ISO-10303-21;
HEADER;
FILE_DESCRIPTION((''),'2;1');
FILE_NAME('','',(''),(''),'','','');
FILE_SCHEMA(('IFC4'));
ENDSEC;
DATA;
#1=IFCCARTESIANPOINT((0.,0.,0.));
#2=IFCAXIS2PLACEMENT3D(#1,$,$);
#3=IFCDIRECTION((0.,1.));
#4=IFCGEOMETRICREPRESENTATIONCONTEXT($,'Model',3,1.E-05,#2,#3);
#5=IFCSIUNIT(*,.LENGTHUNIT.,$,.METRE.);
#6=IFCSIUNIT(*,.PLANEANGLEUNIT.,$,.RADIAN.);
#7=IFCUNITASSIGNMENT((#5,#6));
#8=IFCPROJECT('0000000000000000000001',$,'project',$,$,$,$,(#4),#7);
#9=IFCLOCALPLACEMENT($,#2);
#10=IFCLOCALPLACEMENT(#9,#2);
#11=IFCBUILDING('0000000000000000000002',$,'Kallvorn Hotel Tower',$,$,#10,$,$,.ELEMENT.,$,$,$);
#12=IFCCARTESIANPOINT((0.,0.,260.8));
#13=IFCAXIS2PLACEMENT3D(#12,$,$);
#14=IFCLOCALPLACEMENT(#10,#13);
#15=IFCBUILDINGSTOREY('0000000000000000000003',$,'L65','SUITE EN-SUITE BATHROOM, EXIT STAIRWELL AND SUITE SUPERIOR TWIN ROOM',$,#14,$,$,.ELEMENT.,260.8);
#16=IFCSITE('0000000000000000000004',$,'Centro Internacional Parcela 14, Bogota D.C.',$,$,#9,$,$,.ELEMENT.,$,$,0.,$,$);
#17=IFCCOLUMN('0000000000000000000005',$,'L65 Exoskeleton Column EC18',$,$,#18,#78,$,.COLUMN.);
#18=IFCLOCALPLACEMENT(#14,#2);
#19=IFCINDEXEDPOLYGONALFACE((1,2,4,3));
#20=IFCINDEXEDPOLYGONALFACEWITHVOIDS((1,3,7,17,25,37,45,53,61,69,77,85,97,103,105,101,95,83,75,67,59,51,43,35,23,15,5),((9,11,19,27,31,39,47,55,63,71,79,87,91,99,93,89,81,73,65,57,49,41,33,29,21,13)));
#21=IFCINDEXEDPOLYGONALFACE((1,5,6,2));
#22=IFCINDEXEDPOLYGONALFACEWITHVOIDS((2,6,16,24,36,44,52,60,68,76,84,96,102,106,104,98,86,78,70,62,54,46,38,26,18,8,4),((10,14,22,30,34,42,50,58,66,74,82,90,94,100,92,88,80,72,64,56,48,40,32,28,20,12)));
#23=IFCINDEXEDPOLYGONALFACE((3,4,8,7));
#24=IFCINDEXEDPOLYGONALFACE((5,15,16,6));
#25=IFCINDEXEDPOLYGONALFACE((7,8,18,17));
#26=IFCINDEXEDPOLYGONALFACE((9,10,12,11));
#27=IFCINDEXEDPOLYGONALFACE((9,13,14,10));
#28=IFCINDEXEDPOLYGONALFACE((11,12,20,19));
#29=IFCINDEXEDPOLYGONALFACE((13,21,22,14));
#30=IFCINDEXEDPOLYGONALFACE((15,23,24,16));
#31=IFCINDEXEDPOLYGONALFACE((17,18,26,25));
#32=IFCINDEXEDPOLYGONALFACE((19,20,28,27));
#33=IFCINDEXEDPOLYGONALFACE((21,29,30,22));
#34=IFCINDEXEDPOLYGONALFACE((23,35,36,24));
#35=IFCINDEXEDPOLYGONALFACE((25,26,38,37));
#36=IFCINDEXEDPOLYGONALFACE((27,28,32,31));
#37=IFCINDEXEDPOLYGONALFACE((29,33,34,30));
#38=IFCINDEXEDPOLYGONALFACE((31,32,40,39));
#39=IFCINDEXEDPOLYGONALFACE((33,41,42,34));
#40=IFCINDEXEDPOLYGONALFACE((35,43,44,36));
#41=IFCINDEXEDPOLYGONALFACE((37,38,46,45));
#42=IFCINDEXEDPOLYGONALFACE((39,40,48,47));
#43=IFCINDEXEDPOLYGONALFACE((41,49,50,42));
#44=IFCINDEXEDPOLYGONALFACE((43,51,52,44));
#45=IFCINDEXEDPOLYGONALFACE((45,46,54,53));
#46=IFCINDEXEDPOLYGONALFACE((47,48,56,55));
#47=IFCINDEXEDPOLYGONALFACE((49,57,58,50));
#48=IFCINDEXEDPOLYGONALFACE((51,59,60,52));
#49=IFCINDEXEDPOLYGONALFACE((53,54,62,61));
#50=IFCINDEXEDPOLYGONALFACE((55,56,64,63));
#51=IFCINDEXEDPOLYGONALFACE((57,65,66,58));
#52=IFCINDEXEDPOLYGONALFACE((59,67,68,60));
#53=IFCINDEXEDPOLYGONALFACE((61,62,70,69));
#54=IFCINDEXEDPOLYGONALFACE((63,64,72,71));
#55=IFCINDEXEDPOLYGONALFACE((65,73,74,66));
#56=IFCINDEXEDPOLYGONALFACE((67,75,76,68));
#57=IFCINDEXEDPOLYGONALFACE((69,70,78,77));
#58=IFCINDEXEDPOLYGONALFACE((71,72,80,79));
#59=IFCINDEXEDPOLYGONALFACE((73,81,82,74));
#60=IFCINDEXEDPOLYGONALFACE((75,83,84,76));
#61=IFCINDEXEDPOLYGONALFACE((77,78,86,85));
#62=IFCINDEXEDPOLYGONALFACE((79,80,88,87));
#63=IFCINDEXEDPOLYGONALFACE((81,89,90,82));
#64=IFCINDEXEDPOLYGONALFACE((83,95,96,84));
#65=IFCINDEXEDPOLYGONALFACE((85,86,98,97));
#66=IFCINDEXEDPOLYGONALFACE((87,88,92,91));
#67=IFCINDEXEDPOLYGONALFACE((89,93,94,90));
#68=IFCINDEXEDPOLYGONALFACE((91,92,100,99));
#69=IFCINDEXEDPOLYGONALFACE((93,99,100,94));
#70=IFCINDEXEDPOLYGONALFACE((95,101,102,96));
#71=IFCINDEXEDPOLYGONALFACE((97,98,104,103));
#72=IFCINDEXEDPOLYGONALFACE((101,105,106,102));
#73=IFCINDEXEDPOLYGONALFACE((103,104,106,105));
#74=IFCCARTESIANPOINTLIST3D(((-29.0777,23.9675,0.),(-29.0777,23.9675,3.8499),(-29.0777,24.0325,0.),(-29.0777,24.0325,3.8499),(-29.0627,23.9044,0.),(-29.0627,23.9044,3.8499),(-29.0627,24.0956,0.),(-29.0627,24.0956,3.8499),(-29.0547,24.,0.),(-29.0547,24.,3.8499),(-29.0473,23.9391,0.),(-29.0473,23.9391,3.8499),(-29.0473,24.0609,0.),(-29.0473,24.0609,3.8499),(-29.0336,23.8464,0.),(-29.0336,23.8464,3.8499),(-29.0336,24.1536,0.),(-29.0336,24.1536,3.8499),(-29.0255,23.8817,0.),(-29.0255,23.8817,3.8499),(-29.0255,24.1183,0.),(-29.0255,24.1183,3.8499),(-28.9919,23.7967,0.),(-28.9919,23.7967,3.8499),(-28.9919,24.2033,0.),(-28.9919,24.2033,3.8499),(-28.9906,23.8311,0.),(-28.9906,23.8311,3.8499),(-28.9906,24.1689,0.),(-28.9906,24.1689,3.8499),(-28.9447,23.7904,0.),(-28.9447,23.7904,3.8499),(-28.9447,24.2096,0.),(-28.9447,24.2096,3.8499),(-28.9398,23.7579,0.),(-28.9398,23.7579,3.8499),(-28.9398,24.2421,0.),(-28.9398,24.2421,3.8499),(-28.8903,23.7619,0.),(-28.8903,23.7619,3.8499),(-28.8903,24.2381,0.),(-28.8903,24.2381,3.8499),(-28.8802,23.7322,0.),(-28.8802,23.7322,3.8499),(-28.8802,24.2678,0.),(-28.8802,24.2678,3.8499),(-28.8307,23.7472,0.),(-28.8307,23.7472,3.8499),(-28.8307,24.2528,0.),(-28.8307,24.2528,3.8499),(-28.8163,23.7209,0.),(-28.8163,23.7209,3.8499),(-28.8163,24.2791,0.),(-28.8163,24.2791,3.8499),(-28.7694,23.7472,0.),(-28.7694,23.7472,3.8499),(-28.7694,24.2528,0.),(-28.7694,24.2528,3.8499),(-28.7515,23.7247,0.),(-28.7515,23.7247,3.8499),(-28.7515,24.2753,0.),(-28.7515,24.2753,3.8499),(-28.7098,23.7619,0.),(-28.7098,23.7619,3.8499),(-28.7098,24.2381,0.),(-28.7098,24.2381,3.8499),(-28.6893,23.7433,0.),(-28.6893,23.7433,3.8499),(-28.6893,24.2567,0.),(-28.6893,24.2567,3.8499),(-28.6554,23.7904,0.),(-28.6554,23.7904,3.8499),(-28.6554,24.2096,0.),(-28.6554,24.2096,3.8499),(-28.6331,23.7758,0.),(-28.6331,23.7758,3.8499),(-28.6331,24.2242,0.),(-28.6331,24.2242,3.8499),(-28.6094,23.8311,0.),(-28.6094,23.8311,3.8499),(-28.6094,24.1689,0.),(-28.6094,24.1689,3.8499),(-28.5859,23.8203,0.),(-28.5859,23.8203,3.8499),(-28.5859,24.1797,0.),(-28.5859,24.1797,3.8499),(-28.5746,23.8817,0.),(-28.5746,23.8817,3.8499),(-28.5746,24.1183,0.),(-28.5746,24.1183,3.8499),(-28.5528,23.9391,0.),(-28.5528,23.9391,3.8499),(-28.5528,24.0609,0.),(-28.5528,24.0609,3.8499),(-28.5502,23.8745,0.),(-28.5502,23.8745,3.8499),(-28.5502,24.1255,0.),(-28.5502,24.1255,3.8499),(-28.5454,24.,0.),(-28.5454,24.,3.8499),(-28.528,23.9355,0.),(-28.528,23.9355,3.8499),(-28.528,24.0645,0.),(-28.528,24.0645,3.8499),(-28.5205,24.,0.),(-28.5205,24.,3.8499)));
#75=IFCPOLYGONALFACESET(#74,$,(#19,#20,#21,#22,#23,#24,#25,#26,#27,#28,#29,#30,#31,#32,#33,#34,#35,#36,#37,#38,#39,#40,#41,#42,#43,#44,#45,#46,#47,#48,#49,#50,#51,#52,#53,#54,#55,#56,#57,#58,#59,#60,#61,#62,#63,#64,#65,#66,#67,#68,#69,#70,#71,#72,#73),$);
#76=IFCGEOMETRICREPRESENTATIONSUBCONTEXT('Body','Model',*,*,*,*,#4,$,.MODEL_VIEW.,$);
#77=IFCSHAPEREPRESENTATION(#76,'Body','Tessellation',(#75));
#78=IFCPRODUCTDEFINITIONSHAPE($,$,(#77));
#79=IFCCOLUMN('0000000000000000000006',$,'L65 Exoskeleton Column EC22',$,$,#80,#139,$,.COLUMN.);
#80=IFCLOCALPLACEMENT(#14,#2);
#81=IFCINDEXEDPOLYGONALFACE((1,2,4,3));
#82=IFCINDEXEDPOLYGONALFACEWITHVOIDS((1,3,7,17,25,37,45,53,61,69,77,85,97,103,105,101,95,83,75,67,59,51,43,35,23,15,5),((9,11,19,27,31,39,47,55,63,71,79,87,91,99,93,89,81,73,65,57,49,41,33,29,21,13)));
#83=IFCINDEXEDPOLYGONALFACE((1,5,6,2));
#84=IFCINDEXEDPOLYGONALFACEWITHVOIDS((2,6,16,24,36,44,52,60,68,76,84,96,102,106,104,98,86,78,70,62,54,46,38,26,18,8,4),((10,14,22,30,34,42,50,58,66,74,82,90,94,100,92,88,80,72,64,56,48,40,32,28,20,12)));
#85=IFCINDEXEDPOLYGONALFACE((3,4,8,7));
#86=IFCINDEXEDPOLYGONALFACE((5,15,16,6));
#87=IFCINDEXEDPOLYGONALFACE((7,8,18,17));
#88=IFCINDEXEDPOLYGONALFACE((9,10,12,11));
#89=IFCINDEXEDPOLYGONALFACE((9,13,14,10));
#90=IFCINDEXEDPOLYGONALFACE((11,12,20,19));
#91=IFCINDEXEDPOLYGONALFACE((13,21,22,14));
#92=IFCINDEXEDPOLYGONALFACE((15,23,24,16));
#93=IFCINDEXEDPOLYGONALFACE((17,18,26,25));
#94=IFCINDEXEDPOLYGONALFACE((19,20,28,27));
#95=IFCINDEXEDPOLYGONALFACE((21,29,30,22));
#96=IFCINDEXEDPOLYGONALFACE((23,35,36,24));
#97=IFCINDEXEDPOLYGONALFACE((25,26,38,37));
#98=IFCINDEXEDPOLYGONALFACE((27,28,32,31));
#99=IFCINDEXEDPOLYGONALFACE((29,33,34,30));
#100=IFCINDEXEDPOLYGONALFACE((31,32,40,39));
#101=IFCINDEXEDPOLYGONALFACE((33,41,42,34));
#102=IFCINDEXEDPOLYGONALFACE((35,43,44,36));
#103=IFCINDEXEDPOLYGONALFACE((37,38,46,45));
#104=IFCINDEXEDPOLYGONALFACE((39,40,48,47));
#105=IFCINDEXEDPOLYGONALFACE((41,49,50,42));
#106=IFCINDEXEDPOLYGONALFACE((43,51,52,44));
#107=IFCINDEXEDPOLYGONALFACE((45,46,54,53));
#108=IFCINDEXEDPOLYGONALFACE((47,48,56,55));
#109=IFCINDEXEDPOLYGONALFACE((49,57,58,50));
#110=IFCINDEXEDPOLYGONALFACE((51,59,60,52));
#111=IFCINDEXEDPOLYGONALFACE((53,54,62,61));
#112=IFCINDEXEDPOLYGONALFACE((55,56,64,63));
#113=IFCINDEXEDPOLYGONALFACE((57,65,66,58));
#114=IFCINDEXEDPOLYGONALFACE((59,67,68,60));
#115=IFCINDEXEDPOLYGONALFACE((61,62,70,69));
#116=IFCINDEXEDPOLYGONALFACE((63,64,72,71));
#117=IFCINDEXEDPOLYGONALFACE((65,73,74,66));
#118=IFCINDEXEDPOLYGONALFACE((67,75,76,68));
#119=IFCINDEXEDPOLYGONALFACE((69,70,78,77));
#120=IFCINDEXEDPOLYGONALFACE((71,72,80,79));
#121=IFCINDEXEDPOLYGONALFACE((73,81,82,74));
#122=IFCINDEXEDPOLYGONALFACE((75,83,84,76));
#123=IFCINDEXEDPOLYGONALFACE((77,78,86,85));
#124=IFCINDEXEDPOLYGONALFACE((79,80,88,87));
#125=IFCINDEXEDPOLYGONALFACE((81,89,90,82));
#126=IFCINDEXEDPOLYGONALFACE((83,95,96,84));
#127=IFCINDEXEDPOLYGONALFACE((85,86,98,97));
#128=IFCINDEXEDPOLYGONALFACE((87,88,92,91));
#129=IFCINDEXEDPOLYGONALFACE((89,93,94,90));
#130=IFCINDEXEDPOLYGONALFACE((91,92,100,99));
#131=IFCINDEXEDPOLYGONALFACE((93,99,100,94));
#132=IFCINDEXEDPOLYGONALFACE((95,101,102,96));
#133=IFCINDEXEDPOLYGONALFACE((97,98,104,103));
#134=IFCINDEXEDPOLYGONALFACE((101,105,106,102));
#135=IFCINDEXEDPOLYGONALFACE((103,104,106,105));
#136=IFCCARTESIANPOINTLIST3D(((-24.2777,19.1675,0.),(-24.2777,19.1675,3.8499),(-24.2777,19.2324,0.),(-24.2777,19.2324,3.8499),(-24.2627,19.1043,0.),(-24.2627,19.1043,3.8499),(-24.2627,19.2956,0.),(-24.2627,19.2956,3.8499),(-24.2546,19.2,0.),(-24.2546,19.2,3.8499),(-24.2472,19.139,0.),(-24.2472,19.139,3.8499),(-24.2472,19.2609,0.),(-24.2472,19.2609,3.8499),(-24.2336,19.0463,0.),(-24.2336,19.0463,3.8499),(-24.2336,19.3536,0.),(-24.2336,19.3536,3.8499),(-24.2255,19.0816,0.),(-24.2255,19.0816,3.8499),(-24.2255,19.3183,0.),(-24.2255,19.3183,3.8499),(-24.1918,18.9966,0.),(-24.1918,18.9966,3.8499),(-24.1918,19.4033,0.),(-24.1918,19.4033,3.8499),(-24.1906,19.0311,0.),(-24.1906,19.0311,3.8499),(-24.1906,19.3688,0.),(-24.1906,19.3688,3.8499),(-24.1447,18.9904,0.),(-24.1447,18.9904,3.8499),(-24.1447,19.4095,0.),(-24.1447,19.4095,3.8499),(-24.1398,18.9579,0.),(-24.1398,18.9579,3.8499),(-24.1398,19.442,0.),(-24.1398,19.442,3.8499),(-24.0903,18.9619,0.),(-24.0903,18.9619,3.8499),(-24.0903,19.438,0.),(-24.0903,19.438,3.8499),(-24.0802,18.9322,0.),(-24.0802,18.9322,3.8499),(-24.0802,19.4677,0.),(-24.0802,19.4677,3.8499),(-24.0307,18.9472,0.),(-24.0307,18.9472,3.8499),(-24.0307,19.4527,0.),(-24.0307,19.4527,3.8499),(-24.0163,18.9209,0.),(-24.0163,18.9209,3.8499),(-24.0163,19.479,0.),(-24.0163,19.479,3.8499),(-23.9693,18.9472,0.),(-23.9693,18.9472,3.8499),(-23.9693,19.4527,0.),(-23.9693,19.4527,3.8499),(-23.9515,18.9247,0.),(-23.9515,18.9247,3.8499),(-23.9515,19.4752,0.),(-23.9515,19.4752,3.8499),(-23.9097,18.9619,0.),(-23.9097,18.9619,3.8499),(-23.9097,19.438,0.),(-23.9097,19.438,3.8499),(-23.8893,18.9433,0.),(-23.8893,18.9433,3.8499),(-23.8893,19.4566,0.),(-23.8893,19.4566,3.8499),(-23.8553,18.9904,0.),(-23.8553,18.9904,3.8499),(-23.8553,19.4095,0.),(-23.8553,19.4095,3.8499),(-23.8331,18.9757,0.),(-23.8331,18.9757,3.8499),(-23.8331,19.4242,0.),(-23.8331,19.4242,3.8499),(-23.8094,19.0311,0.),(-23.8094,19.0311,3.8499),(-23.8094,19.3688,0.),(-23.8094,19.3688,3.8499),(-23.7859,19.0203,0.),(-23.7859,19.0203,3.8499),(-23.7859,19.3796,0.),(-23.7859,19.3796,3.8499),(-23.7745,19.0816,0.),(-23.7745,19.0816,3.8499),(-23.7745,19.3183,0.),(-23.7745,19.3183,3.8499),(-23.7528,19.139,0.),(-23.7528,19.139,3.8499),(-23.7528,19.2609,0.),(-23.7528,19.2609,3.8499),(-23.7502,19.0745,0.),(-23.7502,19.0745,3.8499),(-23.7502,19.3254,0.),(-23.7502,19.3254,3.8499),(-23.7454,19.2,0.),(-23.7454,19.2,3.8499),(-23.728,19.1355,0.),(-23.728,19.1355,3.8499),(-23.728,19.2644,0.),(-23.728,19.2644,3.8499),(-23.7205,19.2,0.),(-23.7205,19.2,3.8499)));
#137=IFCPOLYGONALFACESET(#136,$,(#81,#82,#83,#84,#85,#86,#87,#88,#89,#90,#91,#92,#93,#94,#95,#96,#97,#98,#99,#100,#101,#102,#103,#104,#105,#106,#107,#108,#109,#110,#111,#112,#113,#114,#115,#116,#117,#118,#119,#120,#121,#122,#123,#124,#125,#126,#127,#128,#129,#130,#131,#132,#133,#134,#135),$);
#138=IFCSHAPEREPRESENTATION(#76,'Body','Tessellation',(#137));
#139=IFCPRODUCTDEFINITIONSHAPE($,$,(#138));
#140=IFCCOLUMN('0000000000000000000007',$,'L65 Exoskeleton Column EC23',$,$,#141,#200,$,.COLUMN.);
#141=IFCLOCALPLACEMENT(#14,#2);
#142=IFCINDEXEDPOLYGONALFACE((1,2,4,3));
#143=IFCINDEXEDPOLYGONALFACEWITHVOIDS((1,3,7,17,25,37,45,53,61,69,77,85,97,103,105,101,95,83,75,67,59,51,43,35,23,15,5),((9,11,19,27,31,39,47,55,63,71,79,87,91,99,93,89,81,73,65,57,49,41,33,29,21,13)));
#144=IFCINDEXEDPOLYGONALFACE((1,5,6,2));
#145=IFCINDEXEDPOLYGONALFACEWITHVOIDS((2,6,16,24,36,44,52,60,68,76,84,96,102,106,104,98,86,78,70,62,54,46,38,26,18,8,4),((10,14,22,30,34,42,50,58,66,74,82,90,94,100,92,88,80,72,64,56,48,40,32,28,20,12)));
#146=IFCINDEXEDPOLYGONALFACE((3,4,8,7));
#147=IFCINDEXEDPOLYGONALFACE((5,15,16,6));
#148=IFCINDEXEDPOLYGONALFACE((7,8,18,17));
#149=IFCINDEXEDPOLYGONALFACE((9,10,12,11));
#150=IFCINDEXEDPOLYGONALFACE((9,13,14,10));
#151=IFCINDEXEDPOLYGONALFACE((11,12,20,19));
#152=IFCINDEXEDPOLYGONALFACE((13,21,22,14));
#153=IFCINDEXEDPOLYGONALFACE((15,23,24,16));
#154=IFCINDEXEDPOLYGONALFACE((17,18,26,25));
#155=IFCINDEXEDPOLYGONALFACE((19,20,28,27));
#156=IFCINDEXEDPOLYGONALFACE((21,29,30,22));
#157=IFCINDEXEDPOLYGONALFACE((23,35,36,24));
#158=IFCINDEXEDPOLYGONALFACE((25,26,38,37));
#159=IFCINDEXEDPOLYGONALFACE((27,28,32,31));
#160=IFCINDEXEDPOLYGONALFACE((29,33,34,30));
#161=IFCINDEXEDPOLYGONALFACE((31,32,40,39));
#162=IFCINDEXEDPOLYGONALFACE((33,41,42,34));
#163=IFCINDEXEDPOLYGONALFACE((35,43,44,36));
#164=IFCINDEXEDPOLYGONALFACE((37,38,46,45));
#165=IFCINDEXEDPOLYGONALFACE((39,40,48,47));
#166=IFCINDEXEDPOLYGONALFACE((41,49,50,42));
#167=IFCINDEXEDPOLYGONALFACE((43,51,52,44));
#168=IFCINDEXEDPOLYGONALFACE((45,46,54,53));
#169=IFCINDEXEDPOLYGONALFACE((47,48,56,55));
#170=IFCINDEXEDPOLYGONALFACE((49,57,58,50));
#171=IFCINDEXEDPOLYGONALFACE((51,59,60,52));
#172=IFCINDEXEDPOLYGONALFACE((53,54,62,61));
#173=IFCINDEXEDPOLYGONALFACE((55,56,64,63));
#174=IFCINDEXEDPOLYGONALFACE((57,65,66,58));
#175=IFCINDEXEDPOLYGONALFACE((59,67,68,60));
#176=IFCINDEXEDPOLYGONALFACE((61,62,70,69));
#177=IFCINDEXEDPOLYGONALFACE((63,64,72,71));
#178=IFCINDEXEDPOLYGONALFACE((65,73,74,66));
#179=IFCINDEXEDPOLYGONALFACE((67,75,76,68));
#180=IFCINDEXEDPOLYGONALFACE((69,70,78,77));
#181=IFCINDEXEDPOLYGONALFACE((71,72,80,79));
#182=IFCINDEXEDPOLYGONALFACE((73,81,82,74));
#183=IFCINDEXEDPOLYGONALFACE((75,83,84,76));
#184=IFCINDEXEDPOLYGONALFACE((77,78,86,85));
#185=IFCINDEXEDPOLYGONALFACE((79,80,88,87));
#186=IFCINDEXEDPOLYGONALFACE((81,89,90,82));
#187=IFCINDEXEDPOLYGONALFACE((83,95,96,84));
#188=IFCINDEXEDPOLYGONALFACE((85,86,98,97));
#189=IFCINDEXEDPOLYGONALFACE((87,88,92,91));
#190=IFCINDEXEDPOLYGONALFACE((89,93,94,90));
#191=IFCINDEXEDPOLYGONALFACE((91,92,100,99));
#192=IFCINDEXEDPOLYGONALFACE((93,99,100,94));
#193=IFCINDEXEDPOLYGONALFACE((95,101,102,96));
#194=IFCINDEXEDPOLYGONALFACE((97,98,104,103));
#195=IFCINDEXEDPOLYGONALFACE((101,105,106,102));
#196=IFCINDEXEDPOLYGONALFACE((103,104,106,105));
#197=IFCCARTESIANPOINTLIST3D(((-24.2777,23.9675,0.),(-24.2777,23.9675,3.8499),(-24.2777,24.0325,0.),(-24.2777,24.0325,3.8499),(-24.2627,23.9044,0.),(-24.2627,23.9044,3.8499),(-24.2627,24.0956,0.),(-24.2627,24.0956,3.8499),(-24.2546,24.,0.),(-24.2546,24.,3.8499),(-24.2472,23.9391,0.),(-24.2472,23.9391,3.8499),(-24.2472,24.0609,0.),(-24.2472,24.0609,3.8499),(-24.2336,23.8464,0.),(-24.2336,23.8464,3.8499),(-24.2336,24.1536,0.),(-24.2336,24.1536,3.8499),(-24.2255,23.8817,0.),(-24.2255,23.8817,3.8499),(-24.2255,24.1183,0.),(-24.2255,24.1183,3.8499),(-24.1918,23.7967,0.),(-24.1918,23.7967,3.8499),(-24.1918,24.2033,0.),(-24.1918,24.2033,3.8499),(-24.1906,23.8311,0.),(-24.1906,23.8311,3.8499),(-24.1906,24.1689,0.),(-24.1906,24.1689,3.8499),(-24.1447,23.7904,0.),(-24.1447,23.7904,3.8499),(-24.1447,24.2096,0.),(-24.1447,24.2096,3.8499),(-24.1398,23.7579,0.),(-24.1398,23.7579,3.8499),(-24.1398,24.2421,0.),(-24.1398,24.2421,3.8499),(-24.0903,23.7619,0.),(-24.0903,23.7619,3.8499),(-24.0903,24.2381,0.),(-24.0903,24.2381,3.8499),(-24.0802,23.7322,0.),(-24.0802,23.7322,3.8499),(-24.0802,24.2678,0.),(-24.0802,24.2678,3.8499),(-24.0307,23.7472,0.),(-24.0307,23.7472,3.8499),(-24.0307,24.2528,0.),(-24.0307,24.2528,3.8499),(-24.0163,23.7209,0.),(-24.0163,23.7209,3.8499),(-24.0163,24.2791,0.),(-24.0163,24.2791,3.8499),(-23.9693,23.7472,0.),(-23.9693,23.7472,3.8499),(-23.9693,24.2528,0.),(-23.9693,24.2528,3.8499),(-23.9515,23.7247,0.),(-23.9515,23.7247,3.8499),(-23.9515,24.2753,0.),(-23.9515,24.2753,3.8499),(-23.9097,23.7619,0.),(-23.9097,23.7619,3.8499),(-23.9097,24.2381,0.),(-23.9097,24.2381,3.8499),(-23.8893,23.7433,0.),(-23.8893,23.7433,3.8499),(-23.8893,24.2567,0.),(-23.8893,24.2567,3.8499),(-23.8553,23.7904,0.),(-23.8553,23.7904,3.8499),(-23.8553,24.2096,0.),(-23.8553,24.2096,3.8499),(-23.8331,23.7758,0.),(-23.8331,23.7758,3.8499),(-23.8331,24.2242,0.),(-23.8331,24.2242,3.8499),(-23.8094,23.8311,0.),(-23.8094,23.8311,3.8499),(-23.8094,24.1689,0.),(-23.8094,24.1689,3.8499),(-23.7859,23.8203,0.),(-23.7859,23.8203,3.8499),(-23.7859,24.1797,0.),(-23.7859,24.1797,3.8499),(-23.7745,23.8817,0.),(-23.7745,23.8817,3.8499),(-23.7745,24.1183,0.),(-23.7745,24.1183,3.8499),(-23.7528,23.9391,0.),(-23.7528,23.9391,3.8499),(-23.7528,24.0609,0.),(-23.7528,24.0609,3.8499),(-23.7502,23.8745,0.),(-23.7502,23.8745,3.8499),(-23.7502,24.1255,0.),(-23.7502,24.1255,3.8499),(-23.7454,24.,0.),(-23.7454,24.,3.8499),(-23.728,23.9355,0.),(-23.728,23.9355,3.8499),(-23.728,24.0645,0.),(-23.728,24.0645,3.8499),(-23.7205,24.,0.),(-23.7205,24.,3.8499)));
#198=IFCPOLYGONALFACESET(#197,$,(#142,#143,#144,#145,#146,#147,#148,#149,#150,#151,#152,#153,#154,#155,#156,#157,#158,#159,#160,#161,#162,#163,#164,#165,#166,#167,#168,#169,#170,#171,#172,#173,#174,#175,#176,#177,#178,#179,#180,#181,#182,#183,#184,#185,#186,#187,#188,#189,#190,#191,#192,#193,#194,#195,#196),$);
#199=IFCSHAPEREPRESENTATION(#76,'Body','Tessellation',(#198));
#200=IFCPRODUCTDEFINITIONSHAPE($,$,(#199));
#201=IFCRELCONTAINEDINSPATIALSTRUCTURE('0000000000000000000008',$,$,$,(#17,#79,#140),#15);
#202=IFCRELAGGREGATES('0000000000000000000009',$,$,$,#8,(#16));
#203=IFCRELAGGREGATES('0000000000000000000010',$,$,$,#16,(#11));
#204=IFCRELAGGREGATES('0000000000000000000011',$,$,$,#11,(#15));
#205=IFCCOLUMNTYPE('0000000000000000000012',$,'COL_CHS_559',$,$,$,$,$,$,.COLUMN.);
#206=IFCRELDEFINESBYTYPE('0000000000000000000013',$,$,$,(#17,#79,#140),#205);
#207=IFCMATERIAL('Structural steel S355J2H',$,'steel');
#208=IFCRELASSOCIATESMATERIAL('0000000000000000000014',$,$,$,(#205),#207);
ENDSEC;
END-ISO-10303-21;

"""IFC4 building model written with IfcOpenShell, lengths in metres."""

from ifc_helpers import new_model, si_unit, direction, frame, origin, origin_2d, place, context, subcontext, project, spatial, hollow_circle, extrude, material, material_profile, profile_set, type_object, element, save


model = new_model("IFC4")

# Units and contexts
model_context = context("Model", 3, precision=1e-05, world=origin(), true_north=direction((0.0, 1.0)))
body_context = subcontext(model_context, "Body", "Model", "MODEL_VIEW")
ifc_project = project(units=[si_unit("LENGTHUNIT", "METRE"), si_unit("PLANEANGLEUNIT", "RADIAN")], contexts=[model_context])

# Site, building, storey
site_placement = place(None, origin())
site = spatial("IfcSite", under=ifc_project, at=site_placement, Name="Centro Internacional Parcela 14, Bogota D.C.", CompositionType="ELEMENT", RefElevation=0.0)
building_placement = place(site_placement, origin())
building = spatial("IfcBuilding", under=site, at=building_placement, Name="Kallvorn Hotel Tower", CompositionType="ELEMENT")
storey_placement = place(building_placement, frame((0.0, 0.0, 260.8)))
storey = spatial("IfcBuildingStorey", under=building, at=storey_placement, Name="L65", Description="SUITE EN-SUITE BATHROOM, EXIT STAIRWELL AND SUITE SUPERIOR TWIN ROOM", CompositionType="ELEMENT", Elevation=260.8)

# Columns
ifc_material_1 = material(Name="Structural steel S355J2H", Category="steel")
ifc_material_profile_1 = material_profile(ifc_material_1, hollow_circle(Radius=0.2795, WallThickness=0.0249, at=origin_2d()), Name="CHS 559x25")
ifc_profile_set_1 = profile_set([ifc_material_profile_1], Name="Structural steel S355J2H")
column_type_1 = type_object("IfcColumnType", Name="COL_CHS_559", PredefinedType="COLUMN", material=ifc_profile_set_1)
for number, where, z_axis, x_axis, name in (
    (1, (-28.8, 24.0, 0.0), (0.0, 0.0, 1.0), (1.0, 0.0, 0.0), "L65 Exoskeleton Column EC18"),
    (2, (-24.0, 19.2, 0.0), (0.0, 0.0, 1.0), (1.0, 0.0, 0.0), "L65 Exoskeleton Column EC22"),
    (3, (-24.0, 24.0, 0.0), (0.0, 0.0, 1.0), (1.0, 0.0, 0.0), "L65 Exoskeleton Column EC23"),
):
    element("IfcColumn", number, at=place(storey_placement, frame(where, z_axis=z_axis, x_axis=x_axis)), inside=storey, type_object=column_type_1, Name=name, PredefinedType="COLUMN", context=body_context, shape_type="SweptSolid", body=[
        extrude(hollow_circle(Radius=0.2795, WallThickness=0.0249, at=origin_2d()), origin(), (0.0, 0.0, 1.0), 3.8499),
    ])

save(model, "model.ifc")
